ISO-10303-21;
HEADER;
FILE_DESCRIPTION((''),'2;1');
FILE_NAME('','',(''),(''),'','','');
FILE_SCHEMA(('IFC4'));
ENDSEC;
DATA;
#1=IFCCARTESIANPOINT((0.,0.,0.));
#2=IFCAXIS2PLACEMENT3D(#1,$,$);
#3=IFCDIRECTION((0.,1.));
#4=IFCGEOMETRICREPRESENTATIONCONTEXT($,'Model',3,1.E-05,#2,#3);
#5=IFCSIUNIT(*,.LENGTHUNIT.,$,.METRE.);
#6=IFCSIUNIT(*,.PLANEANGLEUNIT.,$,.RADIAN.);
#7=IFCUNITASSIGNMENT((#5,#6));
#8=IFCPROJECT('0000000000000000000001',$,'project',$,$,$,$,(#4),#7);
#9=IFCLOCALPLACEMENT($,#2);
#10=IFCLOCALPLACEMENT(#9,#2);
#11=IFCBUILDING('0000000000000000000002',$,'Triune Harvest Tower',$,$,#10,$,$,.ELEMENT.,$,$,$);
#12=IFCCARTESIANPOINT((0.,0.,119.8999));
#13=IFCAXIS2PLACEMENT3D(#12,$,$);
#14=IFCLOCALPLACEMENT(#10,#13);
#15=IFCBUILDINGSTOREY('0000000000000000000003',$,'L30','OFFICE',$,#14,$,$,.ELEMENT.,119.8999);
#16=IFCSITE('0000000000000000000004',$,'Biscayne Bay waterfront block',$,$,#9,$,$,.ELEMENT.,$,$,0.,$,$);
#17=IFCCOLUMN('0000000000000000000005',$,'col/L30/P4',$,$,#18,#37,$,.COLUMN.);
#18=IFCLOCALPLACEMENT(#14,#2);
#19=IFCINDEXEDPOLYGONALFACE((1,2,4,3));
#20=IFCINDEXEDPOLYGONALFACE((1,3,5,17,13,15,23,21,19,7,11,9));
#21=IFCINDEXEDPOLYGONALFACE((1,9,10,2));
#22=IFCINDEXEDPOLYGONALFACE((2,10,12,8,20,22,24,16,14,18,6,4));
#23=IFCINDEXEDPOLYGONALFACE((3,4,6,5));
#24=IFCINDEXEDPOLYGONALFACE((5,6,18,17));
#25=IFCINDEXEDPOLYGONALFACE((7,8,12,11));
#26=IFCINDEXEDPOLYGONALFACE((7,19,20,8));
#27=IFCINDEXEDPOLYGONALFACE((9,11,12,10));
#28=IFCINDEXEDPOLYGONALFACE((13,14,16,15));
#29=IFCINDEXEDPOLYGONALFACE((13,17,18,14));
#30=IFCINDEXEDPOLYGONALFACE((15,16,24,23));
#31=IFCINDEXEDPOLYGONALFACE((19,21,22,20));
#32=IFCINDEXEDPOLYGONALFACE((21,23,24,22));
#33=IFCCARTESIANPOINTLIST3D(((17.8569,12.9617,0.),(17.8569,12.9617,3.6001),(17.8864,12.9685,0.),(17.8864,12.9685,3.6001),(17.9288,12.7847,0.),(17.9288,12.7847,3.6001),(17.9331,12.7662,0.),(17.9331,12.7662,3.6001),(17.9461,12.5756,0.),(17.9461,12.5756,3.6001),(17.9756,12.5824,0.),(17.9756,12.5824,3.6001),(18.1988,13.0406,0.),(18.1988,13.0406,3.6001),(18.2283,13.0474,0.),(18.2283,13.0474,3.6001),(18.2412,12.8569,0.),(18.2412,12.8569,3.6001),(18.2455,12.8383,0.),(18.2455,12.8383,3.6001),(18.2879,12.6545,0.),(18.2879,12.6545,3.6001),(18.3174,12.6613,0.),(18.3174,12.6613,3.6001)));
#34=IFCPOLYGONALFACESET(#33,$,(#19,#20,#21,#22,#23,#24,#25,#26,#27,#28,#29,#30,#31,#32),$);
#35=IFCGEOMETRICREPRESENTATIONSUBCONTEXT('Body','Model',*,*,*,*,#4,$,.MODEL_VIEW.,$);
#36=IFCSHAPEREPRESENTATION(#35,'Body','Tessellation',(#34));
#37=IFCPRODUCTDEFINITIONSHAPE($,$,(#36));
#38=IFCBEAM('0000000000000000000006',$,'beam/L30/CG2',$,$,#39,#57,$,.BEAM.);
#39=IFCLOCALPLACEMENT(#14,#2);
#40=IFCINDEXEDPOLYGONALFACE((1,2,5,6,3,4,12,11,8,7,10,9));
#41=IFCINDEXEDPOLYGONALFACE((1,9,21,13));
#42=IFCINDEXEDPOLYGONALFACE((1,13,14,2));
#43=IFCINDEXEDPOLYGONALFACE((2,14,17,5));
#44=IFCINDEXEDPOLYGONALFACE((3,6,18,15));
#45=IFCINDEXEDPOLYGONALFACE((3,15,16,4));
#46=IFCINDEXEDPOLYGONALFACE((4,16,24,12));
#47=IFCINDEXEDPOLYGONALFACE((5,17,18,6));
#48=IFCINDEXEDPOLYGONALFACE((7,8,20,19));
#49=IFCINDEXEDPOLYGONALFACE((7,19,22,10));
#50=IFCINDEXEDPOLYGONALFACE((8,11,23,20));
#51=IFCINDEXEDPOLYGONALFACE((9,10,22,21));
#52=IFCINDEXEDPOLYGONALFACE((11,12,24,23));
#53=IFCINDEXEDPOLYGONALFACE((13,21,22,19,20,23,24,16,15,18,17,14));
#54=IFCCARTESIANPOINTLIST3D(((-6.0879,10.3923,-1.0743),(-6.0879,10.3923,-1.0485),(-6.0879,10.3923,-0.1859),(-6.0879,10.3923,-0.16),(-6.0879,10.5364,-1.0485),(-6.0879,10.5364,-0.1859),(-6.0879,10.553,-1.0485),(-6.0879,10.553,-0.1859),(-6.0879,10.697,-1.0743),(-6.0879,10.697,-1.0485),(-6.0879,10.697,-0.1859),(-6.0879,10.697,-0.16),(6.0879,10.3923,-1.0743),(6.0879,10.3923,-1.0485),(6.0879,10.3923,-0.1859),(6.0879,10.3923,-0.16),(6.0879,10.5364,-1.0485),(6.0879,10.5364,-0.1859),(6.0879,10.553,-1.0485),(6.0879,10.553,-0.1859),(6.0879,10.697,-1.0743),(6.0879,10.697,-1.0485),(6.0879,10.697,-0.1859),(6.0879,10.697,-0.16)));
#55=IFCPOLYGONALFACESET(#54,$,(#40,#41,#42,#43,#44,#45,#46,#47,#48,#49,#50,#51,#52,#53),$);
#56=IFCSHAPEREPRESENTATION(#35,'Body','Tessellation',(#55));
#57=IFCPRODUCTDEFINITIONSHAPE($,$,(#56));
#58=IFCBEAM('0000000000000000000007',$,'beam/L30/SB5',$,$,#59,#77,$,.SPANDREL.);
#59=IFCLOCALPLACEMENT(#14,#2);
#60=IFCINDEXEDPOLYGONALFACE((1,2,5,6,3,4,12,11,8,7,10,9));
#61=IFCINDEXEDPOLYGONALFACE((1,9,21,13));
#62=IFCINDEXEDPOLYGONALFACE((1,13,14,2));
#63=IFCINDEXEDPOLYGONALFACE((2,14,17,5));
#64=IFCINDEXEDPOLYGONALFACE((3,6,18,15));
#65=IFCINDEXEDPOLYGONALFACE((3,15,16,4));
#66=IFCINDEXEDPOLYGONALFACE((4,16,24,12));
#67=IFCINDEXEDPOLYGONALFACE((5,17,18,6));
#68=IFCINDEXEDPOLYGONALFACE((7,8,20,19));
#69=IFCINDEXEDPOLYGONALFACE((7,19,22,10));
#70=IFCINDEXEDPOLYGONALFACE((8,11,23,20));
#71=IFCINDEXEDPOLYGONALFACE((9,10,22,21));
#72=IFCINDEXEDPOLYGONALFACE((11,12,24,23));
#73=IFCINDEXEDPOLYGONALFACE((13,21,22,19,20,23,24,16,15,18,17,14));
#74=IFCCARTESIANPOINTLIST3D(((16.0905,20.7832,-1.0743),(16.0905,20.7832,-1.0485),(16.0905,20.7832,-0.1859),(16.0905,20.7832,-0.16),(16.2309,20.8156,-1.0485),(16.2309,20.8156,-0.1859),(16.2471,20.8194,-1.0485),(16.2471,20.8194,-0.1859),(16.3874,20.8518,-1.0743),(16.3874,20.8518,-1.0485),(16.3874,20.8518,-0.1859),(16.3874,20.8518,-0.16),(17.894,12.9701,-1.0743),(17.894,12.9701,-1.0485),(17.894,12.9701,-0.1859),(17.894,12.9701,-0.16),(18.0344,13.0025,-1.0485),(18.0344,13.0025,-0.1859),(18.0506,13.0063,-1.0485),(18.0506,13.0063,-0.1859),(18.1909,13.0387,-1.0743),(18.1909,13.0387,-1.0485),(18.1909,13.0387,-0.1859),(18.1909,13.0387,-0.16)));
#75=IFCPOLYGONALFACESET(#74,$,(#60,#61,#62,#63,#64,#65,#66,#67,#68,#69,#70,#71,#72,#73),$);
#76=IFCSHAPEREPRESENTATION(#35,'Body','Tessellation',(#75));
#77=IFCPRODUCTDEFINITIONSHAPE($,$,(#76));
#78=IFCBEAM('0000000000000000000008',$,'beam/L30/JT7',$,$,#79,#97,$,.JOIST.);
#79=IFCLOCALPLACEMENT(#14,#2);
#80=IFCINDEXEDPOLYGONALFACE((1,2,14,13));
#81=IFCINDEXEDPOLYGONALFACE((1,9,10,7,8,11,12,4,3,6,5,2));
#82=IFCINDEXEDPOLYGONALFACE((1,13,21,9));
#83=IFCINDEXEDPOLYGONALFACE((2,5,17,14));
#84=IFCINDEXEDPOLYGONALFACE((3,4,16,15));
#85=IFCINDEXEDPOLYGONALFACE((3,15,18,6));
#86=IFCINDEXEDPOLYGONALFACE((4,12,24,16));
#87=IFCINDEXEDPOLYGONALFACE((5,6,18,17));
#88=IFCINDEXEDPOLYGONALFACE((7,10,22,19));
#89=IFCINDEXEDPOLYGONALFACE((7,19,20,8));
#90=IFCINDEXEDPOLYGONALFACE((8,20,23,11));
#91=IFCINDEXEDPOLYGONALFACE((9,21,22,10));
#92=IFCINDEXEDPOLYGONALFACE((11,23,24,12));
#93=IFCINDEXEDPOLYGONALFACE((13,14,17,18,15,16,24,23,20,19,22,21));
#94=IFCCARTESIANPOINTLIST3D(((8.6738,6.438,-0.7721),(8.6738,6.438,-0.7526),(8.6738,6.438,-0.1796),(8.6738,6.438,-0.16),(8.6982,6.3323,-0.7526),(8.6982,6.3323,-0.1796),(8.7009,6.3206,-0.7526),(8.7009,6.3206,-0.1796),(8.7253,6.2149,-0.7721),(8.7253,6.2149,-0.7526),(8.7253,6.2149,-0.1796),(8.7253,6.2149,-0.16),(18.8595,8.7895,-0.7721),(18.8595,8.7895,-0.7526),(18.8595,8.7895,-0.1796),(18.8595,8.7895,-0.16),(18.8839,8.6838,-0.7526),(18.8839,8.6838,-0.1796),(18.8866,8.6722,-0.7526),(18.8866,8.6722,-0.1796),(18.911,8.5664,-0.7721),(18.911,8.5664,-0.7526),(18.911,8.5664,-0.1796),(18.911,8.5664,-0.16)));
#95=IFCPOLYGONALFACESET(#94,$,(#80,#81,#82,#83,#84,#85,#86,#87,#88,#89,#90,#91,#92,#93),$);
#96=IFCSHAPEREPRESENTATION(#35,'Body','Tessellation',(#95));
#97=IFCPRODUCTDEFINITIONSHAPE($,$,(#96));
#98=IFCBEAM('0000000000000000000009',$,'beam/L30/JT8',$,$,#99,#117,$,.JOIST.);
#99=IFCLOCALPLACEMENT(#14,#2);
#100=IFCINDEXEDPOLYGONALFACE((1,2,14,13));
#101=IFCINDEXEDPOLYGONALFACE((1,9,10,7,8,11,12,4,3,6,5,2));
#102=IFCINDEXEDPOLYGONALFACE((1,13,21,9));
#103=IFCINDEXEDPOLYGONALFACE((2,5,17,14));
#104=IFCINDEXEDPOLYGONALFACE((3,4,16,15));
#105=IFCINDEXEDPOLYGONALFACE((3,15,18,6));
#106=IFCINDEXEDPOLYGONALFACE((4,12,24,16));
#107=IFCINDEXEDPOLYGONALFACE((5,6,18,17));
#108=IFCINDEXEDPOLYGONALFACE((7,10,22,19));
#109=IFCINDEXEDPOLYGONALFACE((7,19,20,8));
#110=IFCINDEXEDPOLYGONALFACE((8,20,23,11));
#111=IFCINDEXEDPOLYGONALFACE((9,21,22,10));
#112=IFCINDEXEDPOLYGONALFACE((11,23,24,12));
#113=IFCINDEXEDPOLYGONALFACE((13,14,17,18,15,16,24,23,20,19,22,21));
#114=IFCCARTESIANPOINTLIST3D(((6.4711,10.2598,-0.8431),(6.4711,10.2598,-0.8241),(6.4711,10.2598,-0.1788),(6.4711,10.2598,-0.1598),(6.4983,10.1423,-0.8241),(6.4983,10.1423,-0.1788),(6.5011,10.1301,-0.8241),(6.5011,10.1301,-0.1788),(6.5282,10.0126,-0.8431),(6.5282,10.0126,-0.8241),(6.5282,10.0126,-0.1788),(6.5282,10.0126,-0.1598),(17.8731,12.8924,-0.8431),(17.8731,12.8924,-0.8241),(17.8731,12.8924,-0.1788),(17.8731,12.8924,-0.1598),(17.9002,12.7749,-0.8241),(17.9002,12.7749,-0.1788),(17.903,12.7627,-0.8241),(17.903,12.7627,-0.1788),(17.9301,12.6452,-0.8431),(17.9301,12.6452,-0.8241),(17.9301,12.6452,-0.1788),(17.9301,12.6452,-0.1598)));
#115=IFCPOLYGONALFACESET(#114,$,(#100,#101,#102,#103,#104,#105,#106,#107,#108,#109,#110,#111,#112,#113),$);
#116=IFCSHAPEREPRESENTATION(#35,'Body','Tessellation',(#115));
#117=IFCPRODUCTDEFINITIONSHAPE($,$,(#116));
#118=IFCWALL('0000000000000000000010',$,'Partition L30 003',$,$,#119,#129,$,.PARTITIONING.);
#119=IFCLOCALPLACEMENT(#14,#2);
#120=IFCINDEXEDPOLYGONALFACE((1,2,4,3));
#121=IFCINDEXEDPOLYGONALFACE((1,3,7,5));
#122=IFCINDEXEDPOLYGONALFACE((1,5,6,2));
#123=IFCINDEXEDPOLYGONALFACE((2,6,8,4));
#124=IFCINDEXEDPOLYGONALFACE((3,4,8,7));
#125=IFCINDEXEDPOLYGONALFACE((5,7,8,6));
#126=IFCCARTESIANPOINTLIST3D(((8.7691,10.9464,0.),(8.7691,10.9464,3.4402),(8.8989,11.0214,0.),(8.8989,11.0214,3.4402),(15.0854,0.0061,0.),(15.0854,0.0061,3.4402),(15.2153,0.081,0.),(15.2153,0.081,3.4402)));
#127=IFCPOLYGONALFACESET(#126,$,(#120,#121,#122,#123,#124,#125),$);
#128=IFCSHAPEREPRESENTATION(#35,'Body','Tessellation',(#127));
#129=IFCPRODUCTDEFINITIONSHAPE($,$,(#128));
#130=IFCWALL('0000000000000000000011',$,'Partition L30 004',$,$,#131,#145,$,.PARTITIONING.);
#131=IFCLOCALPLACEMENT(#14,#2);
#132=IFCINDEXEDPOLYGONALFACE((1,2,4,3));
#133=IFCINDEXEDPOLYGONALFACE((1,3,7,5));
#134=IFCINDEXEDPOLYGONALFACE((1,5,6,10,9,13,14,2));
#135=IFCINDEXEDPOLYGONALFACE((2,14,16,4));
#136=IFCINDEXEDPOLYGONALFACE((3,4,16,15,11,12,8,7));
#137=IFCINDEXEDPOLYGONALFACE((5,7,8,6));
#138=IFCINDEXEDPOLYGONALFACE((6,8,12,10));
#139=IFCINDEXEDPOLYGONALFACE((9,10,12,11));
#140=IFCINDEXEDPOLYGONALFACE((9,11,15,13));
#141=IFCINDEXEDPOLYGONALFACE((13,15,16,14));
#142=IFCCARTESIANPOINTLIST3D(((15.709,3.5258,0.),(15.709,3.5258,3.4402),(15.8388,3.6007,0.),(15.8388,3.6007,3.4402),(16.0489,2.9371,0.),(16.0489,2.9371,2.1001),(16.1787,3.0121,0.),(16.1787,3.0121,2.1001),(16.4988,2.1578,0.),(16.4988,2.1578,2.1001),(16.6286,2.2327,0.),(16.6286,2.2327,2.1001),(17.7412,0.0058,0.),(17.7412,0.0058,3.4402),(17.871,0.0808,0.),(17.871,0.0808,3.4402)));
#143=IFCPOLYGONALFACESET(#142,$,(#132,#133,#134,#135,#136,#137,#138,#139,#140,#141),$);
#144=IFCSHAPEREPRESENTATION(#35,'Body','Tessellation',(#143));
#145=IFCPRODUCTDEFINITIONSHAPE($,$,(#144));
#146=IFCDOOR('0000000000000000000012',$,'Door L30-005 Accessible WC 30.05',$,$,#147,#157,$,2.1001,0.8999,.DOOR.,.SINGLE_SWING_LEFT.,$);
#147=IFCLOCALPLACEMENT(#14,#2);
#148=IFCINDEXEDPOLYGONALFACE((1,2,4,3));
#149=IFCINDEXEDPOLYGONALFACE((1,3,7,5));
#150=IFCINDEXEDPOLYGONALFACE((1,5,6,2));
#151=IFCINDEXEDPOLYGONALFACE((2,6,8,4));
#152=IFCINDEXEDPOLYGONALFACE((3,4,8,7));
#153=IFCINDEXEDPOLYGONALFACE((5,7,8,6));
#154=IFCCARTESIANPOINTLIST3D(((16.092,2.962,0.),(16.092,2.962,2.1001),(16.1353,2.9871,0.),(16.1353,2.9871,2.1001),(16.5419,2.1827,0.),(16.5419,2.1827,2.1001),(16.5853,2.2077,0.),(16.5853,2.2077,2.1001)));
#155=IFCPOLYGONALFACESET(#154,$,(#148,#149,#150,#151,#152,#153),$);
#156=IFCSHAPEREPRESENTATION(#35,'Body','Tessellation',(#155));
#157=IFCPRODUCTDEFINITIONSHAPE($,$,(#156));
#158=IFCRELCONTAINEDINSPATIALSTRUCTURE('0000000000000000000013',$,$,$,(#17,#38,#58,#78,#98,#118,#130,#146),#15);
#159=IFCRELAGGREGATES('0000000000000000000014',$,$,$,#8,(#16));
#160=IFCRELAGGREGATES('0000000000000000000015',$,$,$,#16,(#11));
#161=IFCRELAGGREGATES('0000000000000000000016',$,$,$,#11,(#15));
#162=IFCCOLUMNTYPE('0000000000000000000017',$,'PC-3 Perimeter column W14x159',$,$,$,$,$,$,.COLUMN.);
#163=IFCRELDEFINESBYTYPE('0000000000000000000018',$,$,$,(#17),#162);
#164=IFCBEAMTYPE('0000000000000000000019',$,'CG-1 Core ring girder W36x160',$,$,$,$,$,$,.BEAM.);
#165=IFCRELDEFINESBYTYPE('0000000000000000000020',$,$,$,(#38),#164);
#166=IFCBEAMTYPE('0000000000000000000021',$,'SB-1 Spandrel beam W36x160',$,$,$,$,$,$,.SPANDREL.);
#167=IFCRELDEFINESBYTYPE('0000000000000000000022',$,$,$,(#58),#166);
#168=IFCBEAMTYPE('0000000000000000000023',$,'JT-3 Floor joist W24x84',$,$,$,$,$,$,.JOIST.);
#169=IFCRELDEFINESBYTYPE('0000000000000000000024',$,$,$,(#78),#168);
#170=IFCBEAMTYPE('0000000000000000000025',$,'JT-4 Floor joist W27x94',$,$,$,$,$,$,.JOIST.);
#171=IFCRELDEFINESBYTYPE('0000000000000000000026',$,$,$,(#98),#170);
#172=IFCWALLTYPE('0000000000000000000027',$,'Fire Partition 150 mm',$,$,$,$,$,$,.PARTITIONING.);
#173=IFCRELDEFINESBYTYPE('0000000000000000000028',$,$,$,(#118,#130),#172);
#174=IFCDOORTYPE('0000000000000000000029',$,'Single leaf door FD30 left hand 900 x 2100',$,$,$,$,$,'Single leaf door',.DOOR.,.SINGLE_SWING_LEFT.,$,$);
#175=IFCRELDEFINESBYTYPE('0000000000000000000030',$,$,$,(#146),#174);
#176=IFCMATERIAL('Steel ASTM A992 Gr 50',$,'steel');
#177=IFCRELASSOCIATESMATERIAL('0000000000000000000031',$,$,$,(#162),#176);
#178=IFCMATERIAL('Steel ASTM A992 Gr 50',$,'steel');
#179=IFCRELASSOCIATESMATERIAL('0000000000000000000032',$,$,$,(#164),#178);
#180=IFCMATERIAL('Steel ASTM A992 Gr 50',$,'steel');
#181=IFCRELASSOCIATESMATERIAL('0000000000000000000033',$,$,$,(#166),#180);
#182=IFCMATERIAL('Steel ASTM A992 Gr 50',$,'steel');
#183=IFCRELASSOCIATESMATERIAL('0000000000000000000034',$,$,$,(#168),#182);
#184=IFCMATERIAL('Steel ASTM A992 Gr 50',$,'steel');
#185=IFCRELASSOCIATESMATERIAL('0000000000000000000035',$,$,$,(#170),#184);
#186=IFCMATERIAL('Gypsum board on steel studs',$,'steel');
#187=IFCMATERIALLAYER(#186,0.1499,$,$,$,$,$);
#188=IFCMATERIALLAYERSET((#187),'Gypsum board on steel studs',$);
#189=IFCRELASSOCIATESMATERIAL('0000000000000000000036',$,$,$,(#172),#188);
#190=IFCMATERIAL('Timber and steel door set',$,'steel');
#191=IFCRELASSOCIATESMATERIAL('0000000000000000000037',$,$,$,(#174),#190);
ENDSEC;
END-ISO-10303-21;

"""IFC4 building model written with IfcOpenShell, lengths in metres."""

from ifc_helpers import new_model, si_unit, direction, frame, frame_2d, origin, origin_2d, place, context, subcontext, project, spatial, rectangle, i_section, extrude, source, transform, mapped, material, layer, layer_set, material_profile, profile_set, type_object, element, fill, save


model = new_model("IFC4")

# Units and contexts
model_context = context("Model", 3, precision=1e-05, world=origin(), true_north=direction((0.0, 1.0)))
body_context = subcontext(model_context, "Body", "Model", "MODEL_VIEW")
ifc_project = project(units=[si_unit("LENGTHUNIT", "METRE"), si_unit("PLANEANGLEUNIT", "RADIAN")], contexts=[model_context])

# Site, building, storey
site_placement = place(None, origin())
site = spatial("IfcSite", under=ifc_project, at=site_placement, Name="Biscayne Bay waterfront block", CompositionType="ELEMENT", RefElevation=0.0)
building_placement = place(site_placement, origin())
building = spatial("IfcBuilding", under=site, at=building_placement, Name="Triune Harvest Tower", CompositionType="ELEMENT")
storey_placement = place(building_placement, frame((0.0, 0.0, 119.8999)))
storey = spatial("IfcBuildingStorey", under=building, at=storey_placement, Name="L30", Description="OFFICE", CompositionType="ELEMENT", Elevation=119.8999)

# Column
ifc_material_1 = material(Name="Steel ASTM A992 Gr 50", Category="steel")
ifc_material_profile_1 = material_profile(ifc_material_1, i_section(OverallWidth=0.3962, OverallDepth=0.3811, WebThickness=0.019, FlangeThickness=0.0303, at=origin_2d()), Name="W14x159")
ifc_profile_set_1 = profile_set([ifc_material_profile_1], Name="Steel ASTM A992 Gr 50")
column_type = type_object("IfcColumnType", Name="PC-3 Perimeter column W14x159", PredefinedType="COLUMN", material=ifc_profile_set_1)
shared_shape_1 = source(origin(), body_context, "Body", "SweptSolid", [
    extrude(i_section(OverallWidth=0.3962, OverallDepth=0.3811, WebThickness=0.019, FlangeThickness=0.0303, at=origin_2d()), origin(), (0.0, 0.0, 1.0), 3.6001),
])
column_placement = place(storey_placement, frame((18.0872, 12.8115, 0.0), z_axis=(0.0, 0.0, 1.0), x_axis=(-0.224953, 0.97437, 0.0)))
element("IfcColumn", 1, at=column_placement, inside=storey, type_object=column_type, Name="col/L30/P4", PredefinedType="COLUMN", context=body_context, shape_type="MappedRepresentation", body=[
    mapped(shared_shape_1, transform((0.0, 0.0, 0.0), scale=1.0)),
])

# Beams
ifc_material_2 = material(Name="Steel ASTM A992 Gr 50", Category="steel")
ifc_material_profile_2 = material_profile(ifc_material_2, i_section(OverallWidth=0.3047, OverallDepth=0.9143, WebThickness=0.0166, FlangeThickness=0.0259, at=origin_2d()), Name="W36x160")
ifc_profile_set_2 = profile_set([ifc_material_profile_2], Name="Steel ASTM A992 Gr 50")
beam_type_1 = type_object("IfcBeamType", Name="CG-1 Core ring girder W36x160", PredefinedType="BEAM", material=ifc_profile_set_2)
shared_shape_2 = source(origin(), body_context, "Body", "SweptSolid", [
    extrude(i_section(OverallWidth=0.3047, OverallDepth=0.9143, WebThickness=0.0166, FlangeThickness=0.0259, at=origin_2d()), origin(), (0.0, 0.0, 1.0), 12.1758),
])
beam_1_placement = place(storey_placement, frame((6.0879, 10.5447, -0.6172), z_axis=(-1.0, 0.0, 0.0), x_axis=(0.0, -1.0, 0.0)))
element("IfcBeam", 2, at=beam_1_placement, inside=storey, type_object=beam_type_1, Name="beam/L30/CG2", PredefinedType="BEAM", context=body_context, shape_type="MappedRepresentation", body=[
    mapped(shared_shape_2, transform((0.0, 0.0, 0.0), scale=1.0)),
])
ifc_material_3 = material(Name="Steel ASTM A992 Gr 50", Category="steel")
ifc_material_profile_3 = material_profile(ifc_material_3, i_section(OverallWidth=0.3047, OverallDepth=0.9143, WebThickness=0.0166, FlangeThickness=0.0259, at=origin_2d()), Name="W36x160")
ifc_profile_set_3 = profile_set([ifc_material_profile_3], Name="Steel ASTM A992 Gr 50")
beam_type_2 = type_object("IfcBeamType", Name="SB-1 Spandrel beam W36x160", PredefinedType="SPANDREL", material=ifc_profile_set_3)
shared_shape_3 = source(origin(), body_context, "Body", "SweptSolid", [
    extrude(i_section(OverallWidth=0.3047, OverallDepth=0.9143, WebThickness=0.0166, FlangeThickness=0.0259, at=origin_2d()), origin(), (0.0, 0.0, 1.0), 8.0186),
])
beam_2_placement = place(storey_placement, frame((18.0425, 13.0044, -0.6172), z_axis=(-0.224915, 0.974378, 0.0), x_axis=(-0.974378, -0.224915, 0.0)))
element("IfcBeam", 3, at=beam_2_placement, inside=storey, type_object=beam_type_2, Name="beam/L30/SB5", PredefinedType="SPANDREL", context=body_context, shape_type="MappedRepresentation", body=[
    mapped(shared_shape_3, transform((0.0, 0.0, 0.0), scale=1.0)),
])
ifc_material_4 = material(Name="Steel ASTM A992 Gr 50", Category="steel")
ifc_material_profile_4 = material_profile(ifc_material_4, i_section(OverallWidth=0.229, OverallDepth=0.6121, WebThickness=0.012, FlangeThickness=0.0195, at=origin_2d()), Name="W24x84")
ifc_profile_set_4 = profile_set([ifc_material_profile_4], Name="Steel ASTM A992 Gr 50")
beam_type_3 = type_object("IfcBeamType", Name="JT-3 Floor joist W24x84", PredefinedType="JOIST", material=ifc_profile_set_4)
shared_shape_4 = source(origin(), body_context, "Body", "SweptSolid", [
    extrude(i_section(OverallWidth=0.229, OverallDepth=0.6121, WebThickness=0.012, FlangeThickness=0.0195, at=origin_2d()), origin(), (0.0, 0.0, 1.0), 10.4536),
])
beam_3_placement = place(storey_placement, frame((18.8853, 8.678, -0.4661), z_axis=(-0.97437, -0.22495, 0.0), x_axis=(0.22495, -0.97437, 0.0)))
element("IfcBeam", 4, at=beam_3_placement, inside=storey, type_object=beam_type_3, Name="beam/L30/JT7", PredefinedType="JOIST", context=body_context, shape_type="MappedRepresentation", body=[
    mapped(shared_shape_4, transform((0.0, 0.0, 0.0), scale=1.0)),
])
ifc_material_5 = material(Name="Steel ASTM A992 Gr 50", Category="steel")
ifc_material_profile_5 = material_profile(ifc_material_5, i_section(OverallWidth=0.2537, OverallDepth=0.6833, WebThickness=0.0125, FlangeThickness=0.019, at=origin_2d()), Name="W27x94")
ifc_profile_set_5 = profile_set([ifc_material_profile_5], Name="Steel ASTM A992 Gr 50")
beam_type_4 = type_object("IfcBeamType", Name="JT-4 Floor joist W27x94", PredefinedType="JOIST", material=ifc_profile_set_5)
shared_shape_5 = source(origin(), body_context, "Body", "SweptSolid", [
    extrude(i_section(OverallWidth=0.2537, OverallDepth=0.6833, WebThickness=0.0125, FlangeThickness=0.019, at=origin_2d()), origin(), (0.0, 0.0, 1.0), 11.7019),
])
beam_4_placement = place(storey_placement, frame((17.9016, 12.7688, -0.5015), z_axis=(-0.974366, -0.224971, 0.0), x_axis=(0.224971, -0.974366, 0.0)))
element("IfcBeam", 5, at=beam_4_placement, inside=storey, type_object=beam_type_4, Name="beam/L30/JT8", PredefinedType="JOIST", context=body_context, shape_type="MappedRepresentation", body=[
    mapped(shared_shape_5, transform((0.0, 0.0, 0.0), scale=1.0)),
])

# Wall
ifc_material_6 = material(Name="Gypsum board on steel studs", Category="steel")
ifc_layer_1 = layer(ifc_material_6, 0.1499)
ifc_layer_set_1 = layer_set([ifc_layer_1], Name="Gypsum board on steel studs")
wall_type_1 = type_object("IfcWallType", Name="Fire Partition 150 mm", PredefinedType="PARTITIONING", material=ifc_layer_set_1)
wall_1_placement = place(storey_placement, frame((8.834, 10.9839, 0.0), z_axis=(0.0, 0.0, 1.0), x_axis=(0.499997, -0.866027, 0.0)))
element("IfcWall", 6, at=wall_1_placement, inside=storey, type_object=wall_type_1, Name="Partition L30 003", PredefinedType="PARTITIONING", context=body_context, shape_type="SweptSolid", body=[
    extrude(rectangle(XDim=12.6328, YDim=0.1499, at=frame_2d((6.3164, 0.0))), origin(), (0.0, 0.0, 1.0), 3.4402),
])

# Wall, opening, door
wall_2_placement = place(storey_placement, frame((15.7739, 3.5632, 0.0), z_axis=(0.0, 0.0, 1.0), x_axis=(0.499989, -0.866032, 0.0)))
wall_2 = element("IfcWall", 7, at=wall_2_placement, inside=storey, type_object=wall_type_1, Name="Partition L30 004", PredefinedType="PARTITIONING", context=body_context, shape_type="SweptSolid", body=[
    extrude(rectangle(XDim=4.0645, YDim=0.1499, at=frame_2d((2.0322, 0.0))), origin(), (0.0, 0.0, 1.0), 3.4402),
])
opening_1_placement = place(wall_2_placement, frame((0.6797, 0.0, 0.0)))
opening_1 = element("IfcOpeningElement", 8, at=opening_1_placement, cuts=wall_2, PredefinedType="OPENING", context=body_context, shape_type="SweptSolid", body=[
    extrude(rectangle(XDim=0.8999, YDim=2.1001, at=frame_2d((0.45, 1.05))), frame((0.0, 0.085, 0.0), z_axis=(0.0, -1.0, 0.0), x_axis=(1.0, 0.0, 0.0)), (0.0, 0.0, 1.0), 0.1699),
])
ifc_material_7 = material(Name="Timber and steel door set", Category="steel")
door_type_1 = type_object("IfcDoorType", Name="Single leaf door FD30 left hand 900 x 2100", ElementType="Single leaf door", OperationType="SINGLE_SWING_LEFT", PredefinedType="DOOR", material=ifc_material_7)
door_1_placement = place(opening_1_placement, origin())
door_1 = element("IfcDoor", 9, at=door_1_placement, inside=storey, type_object=door_type_1, Name="Door L30-005 Accessible WC 30.05", OperationType="SINGLE_SWING_LEFT", OverallHeight=2.1001, OverallWidth=0.8999, PredefinedType="DOOR", context=body_context, shape_type="SweptSolid", body=[
    extrude(rectangle(XDim=0.8999, YDim=2.1001, at=frame_2d((0.45, 1.05))), frame((0.0, 0.0249, 0.0), z_axis=(0.0, -1.0, 0.0), x_axis=(1.0, 0.0, 0.0)), (0.0, 0.0, 1.0), 0.05),
])
fill(opening_1, door_1)

save(model, "model.ifc")
